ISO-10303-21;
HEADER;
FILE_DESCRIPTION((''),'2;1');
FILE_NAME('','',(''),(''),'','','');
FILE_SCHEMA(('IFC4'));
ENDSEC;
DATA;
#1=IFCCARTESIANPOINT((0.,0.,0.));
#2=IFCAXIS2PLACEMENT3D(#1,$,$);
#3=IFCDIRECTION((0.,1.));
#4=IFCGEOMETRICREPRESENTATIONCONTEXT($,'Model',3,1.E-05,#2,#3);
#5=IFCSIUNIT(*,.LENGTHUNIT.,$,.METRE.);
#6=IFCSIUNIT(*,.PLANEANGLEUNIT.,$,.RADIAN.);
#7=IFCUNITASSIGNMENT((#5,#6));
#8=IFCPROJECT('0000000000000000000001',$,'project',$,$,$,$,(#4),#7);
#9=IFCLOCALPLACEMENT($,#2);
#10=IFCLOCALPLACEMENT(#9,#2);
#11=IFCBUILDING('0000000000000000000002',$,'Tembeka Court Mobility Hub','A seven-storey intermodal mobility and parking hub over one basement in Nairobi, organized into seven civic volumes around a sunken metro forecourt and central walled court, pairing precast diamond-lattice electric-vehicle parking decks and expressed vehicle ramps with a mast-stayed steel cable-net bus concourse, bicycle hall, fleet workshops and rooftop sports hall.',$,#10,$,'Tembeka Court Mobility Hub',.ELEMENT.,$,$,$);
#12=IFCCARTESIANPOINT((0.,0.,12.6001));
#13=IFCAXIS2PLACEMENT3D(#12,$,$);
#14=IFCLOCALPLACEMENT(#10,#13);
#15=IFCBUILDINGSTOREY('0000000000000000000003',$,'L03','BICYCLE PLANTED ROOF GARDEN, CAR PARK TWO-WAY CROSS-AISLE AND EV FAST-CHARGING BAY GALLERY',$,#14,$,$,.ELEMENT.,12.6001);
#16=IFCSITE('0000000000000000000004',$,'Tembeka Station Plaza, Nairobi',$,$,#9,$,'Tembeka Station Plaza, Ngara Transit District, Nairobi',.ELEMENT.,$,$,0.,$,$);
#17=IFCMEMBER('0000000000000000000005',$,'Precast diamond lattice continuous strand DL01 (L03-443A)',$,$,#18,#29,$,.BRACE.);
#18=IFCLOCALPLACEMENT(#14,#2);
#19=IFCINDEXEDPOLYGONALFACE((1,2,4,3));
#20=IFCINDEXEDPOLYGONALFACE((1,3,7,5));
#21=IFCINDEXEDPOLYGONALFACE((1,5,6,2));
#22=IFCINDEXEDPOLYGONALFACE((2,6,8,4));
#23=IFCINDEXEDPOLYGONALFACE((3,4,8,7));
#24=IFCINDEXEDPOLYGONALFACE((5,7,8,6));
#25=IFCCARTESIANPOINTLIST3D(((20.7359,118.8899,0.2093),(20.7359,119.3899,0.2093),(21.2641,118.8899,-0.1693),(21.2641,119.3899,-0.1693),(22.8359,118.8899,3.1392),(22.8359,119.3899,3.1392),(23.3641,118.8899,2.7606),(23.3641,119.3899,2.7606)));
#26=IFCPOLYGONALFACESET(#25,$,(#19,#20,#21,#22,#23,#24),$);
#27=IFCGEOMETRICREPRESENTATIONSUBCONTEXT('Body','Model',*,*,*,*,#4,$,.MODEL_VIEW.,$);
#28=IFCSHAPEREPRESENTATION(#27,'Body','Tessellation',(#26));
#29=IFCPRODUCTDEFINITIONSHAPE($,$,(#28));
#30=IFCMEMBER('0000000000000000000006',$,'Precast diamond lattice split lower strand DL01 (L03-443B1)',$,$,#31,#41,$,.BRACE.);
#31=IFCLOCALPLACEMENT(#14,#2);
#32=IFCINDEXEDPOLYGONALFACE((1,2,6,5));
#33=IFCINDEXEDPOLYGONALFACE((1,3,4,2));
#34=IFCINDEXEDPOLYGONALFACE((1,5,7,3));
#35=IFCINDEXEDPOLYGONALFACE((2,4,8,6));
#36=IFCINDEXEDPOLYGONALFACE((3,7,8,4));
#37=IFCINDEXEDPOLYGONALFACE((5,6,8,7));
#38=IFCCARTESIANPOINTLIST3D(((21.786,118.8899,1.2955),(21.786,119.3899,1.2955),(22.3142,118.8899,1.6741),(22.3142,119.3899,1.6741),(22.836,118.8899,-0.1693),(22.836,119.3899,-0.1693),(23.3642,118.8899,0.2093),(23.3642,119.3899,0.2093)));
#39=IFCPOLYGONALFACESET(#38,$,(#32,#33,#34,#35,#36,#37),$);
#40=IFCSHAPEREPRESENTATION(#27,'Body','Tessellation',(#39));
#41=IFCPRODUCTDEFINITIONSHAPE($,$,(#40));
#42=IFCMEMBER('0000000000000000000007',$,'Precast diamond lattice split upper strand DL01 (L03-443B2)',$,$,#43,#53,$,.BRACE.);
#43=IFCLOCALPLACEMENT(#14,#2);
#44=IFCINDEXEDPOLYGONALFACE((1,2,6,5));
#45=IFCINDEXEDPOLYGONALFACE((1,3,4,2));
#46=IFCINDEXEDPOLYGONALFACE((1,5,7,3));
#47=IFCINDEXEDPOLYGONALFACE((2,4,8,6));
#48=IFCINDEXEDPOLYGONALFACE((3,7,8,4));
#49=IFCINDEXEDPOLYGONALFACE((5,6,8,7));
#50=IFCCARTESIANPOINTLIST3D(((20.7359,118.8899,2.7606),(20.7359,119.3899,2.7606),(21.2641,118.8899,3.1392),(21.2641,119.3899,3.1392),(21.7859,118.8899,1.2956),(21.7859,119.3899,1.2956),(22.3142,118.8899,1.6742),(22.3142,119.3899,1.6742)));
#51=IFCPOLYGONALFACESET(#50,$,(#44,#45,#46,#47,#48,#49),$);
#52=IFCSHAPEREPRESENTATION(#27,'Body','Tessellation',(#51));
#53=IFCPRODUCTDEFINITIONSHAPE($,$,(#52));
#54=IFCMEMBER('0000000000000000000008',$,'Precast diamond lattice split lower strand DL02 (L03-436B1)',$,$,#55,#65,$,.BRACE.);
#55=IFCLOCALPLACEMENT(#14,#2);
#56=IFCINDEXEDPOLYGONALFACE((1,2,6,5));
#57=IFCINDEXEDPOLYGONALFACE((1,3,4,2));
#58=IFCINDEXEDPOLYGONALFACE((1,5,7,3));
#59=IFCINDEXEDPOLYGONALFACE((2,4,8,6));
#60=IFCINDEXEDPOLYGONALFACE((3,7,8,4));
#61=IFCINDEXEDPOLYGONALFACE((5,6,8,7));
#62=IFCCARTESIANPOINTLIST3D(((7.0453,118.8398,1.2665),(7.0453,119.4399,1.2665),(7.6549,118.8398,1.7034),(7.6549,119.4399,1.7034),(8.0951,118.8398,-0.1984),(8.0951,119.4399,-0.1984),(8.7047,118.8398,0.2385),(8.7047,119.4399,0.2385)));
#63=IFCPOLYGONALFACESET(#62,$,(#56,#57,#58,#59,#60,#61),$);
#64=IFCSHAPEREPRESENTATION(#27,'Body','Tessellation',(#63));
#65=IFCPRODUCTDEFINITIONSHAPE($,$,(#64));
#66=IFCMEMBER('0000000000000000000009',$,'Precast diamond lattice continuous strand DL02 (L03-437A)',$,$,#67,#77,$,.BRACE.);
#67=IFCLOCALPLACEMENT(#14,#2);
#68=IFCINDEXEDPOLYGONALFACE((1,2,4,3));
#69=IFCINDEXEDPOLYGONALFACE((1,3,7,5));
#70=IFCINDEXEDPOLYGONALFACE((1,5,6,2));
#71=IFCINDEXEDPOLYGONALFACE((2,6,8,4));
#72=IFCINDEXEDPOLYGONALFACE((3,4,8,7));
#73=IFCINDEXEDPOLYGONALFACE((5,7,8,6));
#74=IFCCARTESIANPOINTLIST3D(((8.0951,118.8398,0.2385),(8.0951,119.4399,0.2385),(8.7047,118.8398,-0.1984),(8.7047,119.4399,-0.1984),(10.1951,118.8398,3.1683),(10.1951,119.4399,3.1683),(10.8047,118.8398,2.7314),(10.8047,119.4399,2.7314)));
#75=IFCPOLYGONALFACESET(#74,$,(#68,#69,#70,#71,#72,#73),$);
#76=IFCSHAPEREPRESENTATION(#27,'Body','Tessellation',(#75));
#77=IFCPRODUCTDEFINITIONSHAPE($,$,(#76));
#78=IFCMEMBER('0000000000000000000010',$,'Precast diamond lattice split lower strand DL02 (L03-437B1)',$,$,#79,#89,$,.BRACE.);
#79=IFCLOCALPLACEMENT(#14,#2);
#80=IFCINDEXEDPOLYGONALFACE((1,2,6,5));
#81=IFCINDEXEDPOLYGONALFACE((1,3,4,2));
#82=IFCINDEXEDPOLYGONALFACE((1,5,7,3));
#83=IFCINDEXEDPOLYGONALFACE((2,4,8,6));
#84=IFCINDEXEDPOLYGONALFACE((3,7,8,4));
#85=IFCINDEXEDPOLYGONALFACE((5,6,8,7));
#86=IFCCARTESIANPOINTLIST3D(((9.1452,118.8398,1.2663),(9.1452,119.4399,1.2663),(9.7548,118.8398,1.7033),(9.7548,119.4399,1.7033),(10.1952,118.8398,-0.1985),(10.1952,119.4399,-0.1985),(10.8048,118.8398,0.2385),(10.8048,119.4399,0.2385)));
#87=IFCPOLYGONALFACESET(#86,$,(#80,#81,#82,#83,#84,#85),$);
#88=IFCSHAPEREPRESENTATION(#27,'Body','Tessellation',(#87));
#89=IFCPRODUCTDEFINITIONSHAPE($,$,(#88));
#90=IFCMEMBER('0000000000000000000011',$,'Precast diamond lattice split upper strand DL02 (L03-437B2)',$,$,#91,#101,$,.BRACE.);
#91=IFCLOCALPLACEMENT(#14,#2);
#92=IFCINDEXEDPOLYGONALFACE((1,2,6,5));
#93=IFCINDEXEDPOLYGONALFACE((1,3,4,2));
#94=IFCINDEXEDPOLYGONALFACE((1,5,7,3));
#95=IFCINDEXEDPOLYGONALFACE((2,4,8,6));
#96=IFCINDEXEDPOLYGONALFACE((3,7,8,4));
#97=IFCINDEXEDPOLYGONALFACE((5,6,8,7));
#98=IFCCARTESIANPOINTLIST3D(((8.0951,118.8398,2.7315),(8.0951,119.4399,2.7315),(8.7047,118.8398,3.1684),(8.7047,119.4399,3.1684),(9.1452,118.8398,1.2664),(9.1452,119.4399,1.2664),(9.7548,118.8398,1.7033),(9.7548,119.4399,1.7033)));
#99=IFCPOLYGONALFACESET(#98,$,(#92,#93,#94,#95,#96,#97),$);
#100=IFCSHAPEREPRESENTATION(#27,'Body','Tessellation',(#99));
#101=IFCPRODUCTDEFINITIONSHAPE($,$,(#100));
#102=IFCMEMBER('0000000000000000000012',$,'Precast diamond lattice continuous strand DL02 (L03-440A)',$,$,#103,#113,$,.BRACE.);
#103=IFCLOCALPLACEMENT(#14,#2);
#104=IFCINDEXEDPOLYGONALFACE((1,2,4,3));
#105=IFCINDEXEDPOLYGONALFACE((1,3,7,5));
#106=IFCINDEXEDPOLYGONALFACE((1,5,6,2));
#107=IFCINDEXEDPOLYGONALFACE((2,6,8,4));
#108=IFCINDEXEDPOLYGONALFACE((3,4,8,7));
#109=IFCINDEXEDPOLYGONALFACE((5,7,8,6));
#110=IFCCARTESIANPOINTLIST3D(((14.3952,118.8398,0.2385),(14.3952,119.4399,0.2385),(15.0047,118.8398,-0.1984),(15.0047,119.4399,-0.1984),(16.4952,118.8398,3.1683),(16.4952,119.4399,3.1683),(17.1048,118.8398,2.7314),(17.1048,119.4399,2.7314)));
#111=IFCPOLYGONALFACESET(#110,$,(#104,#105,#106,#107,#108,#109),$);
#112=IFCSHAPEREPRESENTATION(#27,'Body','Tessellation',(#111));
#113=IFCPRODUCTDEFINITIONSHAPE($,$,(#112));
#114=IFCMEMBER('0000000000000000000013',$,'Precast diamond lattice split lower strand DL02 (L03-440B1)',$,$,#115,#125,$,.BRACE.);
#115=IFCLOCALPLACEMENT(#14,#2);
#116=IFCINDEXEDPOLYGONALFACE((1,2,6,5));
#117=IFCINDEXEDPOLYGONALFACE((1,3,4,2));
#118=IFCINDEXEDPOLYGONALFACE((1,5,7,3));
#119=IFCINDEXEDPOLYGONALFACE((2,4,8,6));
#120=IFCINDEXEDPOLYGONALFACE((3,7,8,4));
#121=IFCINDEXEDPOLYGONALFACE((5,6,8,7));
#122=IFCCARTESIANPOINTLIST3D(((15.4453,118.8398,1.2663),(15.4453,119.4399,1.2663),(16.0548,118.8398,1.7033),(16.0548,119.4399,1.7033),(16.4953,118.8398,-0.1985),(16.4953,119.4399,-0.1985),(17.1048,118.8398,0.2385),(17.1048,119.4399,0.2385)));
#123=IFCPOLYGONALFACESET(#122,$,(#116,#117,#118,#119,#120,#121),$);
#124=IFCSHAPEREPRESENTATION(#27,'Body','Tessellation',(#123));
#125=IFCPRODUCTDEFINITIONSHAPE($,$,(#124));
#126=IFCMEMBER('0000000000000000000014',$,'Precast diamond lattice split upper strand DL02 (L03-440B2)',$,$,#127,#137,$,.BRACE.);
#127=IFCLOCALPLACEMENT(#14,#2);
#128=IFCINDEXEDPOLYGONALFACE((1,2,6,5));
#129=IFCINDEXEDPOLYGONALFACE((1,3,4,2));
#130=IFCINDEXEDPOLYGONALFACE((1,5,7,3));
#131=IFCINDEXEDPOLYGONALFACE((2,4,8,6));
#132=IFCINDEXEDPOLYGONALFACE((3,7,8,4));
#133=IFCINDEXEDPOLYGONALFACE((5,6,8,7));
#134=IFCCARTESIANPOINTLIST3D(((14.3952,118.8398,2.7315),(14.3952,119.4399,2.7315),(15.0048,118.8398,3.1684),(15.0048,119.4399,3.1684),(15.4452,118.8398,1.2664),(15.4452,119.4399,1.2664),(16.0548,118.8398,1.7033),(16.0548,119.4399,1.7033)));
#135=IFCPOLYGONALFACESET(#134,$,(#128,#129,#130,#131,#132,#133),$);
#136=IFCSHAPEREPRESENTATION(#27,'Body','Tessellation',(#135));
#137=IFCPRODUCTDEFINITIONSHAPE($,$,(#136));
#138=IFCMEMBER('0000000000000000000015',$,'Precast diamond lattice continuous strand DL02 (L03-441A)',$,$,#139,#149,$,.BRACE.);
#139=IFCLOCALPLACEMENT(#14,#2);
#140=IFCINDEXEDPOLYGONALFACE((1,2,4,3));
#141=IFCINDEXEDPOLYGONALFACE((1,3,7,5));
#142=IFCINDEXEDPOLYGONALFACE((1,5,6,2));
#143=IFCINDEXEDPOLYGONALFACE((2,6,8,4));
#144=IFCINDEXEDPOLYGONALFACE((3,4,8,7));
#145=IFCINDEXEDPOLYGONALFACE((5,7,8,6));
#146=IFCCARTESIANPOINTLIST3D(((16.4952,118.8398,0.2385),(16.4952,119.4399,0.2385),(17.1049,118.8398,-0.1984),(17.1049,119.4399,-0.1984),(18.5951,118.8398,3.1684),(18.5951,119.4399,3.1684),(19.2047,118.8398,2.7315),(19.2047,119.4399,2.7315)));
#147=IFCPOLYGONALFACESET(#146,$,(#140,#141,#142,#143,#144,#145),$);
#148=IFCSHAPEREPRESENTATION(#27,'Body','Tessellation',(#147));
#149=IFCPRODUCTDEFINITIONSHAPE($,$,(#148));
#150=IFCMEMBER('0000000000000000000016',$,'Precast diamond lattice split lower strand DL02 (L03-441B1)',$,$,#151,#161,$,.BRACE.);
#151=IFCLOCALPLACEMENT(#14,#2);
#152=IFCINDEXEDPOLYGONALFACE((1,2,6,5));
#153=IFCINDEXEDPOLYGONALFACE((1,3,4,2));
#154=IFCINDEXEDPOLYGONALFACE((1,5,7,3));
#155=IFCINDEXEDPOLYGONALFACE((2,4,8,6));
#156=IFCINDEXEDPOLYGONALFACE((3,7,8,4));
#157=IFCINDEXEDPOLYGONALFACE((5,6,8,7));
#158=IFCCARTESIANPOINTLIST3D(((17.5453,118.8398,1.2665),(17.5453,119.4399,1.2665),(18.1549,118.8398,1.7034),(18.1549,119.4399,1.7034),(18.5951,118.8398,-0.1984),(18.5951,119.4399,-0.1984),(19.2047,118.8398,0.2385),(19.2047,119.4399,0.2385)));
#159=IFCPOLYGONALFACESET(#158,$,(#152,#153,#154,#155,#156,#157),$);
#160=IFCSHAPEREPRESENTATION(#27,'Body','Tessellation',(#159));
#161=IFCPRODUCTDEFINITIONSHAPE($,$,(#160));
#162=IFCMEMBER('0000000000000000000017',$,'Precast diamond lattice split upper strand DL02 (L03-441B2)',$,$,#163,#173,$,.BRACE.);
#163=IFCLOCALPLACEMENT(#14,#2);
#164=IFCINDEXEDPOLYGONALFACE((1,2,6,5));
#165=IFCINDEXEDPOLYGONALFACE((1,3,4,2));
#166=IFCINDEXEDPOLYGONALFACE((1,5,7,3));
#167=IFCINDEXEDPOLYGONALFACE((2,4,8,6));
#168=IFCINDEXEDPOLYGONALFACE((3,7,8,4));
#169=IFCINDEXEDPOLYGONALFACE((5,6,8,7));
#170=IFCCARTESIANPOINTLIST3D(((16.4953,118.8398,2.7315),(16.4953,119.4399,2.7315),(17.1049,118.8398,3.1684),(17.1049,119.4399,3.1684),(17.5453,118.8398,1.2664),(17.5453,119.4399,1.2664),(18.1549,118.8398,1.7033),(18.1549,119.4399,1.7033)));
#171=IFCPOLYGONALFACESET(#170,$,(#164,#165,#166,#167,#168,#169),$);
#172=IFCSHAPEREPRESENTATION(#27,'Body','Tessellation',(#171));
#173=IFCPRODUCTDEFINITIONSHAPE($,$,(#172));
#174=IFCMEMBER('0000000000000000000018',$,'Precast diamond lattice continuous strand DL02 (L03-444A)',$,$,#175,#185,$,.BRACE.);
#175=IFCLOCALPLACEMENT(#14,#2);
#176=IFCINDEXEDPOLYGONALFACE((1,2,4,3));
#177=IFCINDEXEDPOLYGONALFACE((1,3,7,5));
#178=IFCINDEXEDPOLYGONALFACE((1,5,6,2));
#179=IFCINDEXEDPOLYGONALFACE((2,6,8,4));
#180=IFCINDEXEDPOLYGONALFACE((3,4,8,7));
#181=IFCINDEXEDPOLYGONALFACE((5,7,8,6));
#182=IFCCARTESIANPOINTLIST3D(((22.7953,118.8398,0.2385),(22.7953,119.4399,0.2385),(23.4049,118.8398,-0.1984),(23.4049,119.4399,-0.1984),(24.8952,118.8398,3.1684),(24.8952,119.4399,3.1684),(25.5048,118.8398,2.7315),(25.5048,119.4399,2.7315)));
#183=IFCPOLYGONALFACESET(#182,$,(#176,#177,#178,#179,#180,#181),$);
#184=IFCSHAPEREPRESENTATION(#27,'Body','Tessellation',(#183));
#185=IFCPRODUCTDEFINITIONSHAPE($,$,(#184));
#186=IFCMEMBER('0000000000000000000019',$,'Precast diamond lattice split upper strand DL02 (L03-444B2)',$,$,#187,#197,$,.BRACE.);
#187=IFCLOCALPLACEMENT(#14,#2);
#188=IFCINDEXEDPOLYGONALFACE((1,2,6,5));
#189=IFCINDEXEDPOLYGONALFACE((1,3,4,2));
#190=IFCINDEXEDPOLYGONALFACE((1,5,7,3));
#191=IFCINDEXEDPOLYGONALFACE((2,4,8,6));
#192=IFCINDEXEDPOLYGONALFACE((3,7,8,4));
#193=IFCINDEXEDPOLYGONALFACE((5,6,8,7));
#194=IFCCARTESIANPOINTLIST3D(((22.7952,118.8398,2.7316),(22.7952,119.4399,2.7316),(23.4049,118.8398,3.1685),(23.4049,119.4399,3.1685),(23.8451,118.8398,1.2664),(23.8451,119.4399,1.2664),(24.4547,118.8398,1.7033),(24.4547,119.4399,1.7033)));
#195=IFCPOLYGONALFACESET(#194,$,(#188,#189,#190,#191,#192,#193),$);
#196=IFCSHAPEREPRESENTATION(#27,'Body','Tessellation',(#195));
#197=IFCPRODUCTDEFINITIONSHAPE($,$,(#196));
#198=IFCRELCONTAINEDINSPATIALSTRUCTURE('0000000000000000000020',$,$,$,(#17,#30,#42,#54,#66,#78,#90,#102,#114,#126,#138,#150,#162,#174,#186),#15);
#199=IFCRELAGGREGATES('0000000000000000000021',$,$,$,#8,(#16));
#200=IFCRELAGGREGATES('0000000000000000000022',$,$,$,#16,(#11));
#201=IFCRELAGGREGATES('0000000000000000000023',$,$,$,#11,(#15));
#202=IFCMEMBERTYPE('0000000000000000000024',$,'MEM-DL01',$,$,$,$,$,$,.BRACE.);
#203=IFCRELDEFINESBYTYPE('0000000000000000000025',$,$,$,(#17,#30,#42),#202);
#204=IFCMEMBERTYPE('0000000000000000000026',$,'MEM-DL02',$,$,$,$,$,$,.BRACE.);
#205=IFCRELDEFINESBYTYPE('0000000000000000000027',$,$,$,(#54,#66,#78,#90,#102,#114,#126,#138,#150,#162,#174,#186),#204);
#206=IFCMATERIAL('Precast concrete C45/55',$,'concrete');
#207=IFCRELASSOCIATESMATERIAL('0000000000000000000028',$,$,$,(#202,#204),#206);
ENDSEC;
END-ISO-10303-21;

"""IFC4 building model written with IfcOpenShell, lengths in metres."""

from ifc_helpers import new_model, si_unit, direction, frame, origin, origin_2d, place, context, subcontext, project, spatial, rectangle, extrude, material, material_profile, profile_set, type_object, element, save


model = new_model("IFC4")

# Units and contexts
model_context = context("Model", 3, precision=1e-05, world=origin(), true_north=direction((0.0, 1.0)))
body_context = subcontext(model_context, "Body", "Model", "MODEL_VIEW")
ifc_project = project(units=[si_unit("LENGTHUNIT", "METRE"), si_unit("PLANEANGLEUNIT", "RADIAN")], contexts=[model_context])

# Site, building, storey
site_placement = place(None, origin())
site = spatial("IfcSite", under=ifc_project, at=site_placement, Name="Tembeka Station Plaza, Nairobi", LongName="Tembeka Station Plaza, Ngara Transit District, Nairobi", CompositionType="ELEMENT", RefElevation=0.0)
building_placement = place(site_placement, origin())
building = spatial("IfcBuilding", under=site, at=building_placement, Name="Tembeka Court Mobility Hub", Description="A seven-storey intermodal mobility and parking hub over one basement in Nairobi, organized into seven civic volumes around a sunken metro forecourt and central walled court, pairing precast diamond-lattice electric-vehicle parking decks and expressed vehicle ramps with a mast-stayed steel cable-net bus concourse, bicycle hall, fleet workshops and rooftop sports hall.", LongName="Tembeka Court Mobility Hub", CompositionType="ELEMENT")
storey_placement = place(building_placement, frame((0.0, 0.0, 12.6001)))
storey = spatial("IfcBuildingStorey", under=building, at=storey_placement, Name="L03", Description="BICYCLE PLANTED ROOF GARDEN, CAR PARK TWO-WAY CROSS-AISLE AND EV FAST-CHARGING BAY GALLERY", CompositionType="ELEMENT", Elevation=12.6001)

# Shared definitions
ifc_material_1 = material(Name="Precast concrete C45/55", Category="concrete")

# Members
ifc_material_profile_1 = material_profile(ifc_material_1, rectangle(XDim=0.5, YDim=0.6499, at=origin_2d()), Name="PC-DIAG 500x650")
ifc_profile_set_1 = profile_set([ifc_material_profile_1], Name="Precast concrete C45/55")
member_type_1 = type_object("IfcMemberType", Name="MEM-DL01", PredefinedType="BRACE", material=ifc_profile_set_1)
member_1_placement = place(storey_placement, frame((21.0, 119.1399, 0.02), z_axis=(0.582576, 0.0, 0.812776), x_axis=(0.0, 1.0, 0.0)))
element("IfcMember", 1, at=member_1_placement, inside=storey, type_object=member_type_1, Name="Precast diamond lattice continuous strand DL01 (L03-443A)", PredefinedType="BRACE", context=body_context, shape_type="SweptSolid", body=[
    extrude(rectangle(XDim=0.5, YDim=0.6499, at=origin_2d()), origin(), (0.0, 0.0, 1.0), 3.6047),
])
member_2_placement = place(storey_placement, frame((23.1001, 119.1399, 0.02), z_axis=(-0.582608, 0.0, 0.812753), x_axis=(0.0, -1.0, 0.0)))
element("IfcMember", 2, at=member_2_placement, inside=storey, type_object=member_type_1, Name="Precast diamond lattice split lower strand DL01 (L03-443B1)", PredefinedType="BRACE", context=body_context, shape_type="SweptSolid", body=[
    extrude(rectangle(XDim=0.5, YDim=0.6499, at=origin_2d()), origin(), (0.0, 0.0, 1.0), 1.8022),
])
member_3_placement = place(storey_placement, frame((22.05, 119.1399, 1.4849), z_axis=(-0.582544, 0.0, 0.812799), x_axis=(0.0, -1.0, 0.0)))
element("IfcMember", 3, at=member_3_placement, inside=storey, type_object=member_type_1, Name="Precast diamond lattice split upper strand DL01 (L03-443B2)", PredefinedType="BRACE", context=body_context, shape_type="SweptSolid", body=[
    extrude(rectangle(XDim=0.5, YDim=0.6499, at=origin_2d()), origin(), (0.0, 0.0, 1.0), 1.8025),
])
ifc_material_profile_2 = material_profile(ifc_material_1, rectangle(XDim=0.6001, YDim=0.75, at=origin_2d()), Name="PC-DIAG 600x750")
ifc_profile_set_2 = profile_set([ifc_material_profile_2], Name="Precast concrete C45/55")
member_type_2 = type_object("IfcMemberType", Name="MEM-DL02", PredefinedType="BRACE", material=ifc_profile_set_2)
member_4_placement = place(storey_placement, frame((8.3999, 119.1399, 0.02), z_axis=(-0.582519, 0.0, 0.812817), x_axis=(0.0, -1.0, 0.0)))
element("IfcMember", 4, at=member_4_placement, inside=storey, type_object=member_type_2, Name="Precast diamond lattice split lower strand DL02 (L03-436B1)", PredefinedType="BRACE", context=body_context, shape_type="SweptSolid", body=[
    extrude(rectangle(XDim=0.6001, YDim=0.75, at=origin_2d()), origin(), (0.0, 0.0, 1.0), 1.8022),
])
member_5_placement = place(storey_placement, frame((8.3999, 119.1399, 0.02), z_axis=(0.582576, 0.0, 0.812776), x_axis=(0.0, 1.0, 0.0)))
element("IfcMember", 5, at=member_5_placement, inside=storey, type_object=member_type_2, Name="Precast diamond lattice continuous strand DL02 (L03-437A)", PredefinedType="BRACE", context=body_context, shape_type="SweptSolid", body=[
    extrude(rectangle(XDim=0.6001, YDim=0.75, at=origin_2d()), origin(), (0.0, 0.0, 1.0), 3.6047),
])
member_6_placement = place(storey_placement, frame((10.5, 119.1399, 0.02), z_axis=(-0.582608, 0.0, 0.812753), x_axis=(0.0, -1.0, 0.0)))
element("IfcMember", 6, at=member_6_placement, inside=storey, type_object=member_type_2, Name="Precast diamond lattice split lower strand DL02 (L03-437B1)", PredefinedType="BRACE", context=body_context, shape_type="SweptSolid", body=[
    extrude(rectangle(XDim=0.6001, YDim=0.75, at=origin_2d()), origin(), (0.0, 0.0, 1.0), 1.8022),
])
member_7_placement = place(storey_placement, frame((9.45, 119.1399, 1.4849), z_axis=(-0.582544, 0.0, 0.812799), x_axis=(0.0, -1.0, 0.0)))
element("IfcMember", 7, at=member_7_placement, inside=storey, type_object=member_type_2, Name="Precast diamond lattice split upper strand DL02 (L03-437B2)", PredefinedType="BRACE", context=body_context, shape_type="SweptSolid", body=[
    extrude(rectangle(XDim=0.6001, YDim=0.75, at=origin_2d()), origin(), (0.0, 0.0, 1.0), 1.8025),
])
member_8_placement = place(storey_placement, frame((14.7, 119.1399, 0.02), z_axis=(0.582576, 0.0, 0.812776), x_axis=(0.0, 1.0, 0.0)))
element("IfcMember", 8, at=member_8_placement, inside=storey, type_object=member_type_2, Name="Precast diamond lattice continuous strand DL02 (L03-440A)", PredefinedType="BRACE", context=body_context, shape_type="SweptSolid", body=[
    extrude(rectangle(XDim=0.6001, YDim=0.75, at=origin_2d()), origin(), (0.0, 0.0, 1.0), 3.6047),
])
member_9_placement = place(storey_placement, frame((16.8, 119.1399, 0.02), z_axis=(-0.582608, 0.0, 0.812753), x_axis=(0.0, -1.0, 0.0)))
element("IfcMember", 9, at=member_9_placement, inside=storey, type_object=member_type_2, Name="Precast diamond lattice split lower strand DL02 (L03-440B1)", PredefinedType="BRACE", context=body_context, shape_type="SweptSolid", body=[
    extrude(rectangle(XDim=0.6001, YDim=0.75, at=origin_2d()), origin(), (0.0, 0.0, 1.0), 1.8022),
])
member_10_placement = place(storey_placement, frame((15.75, 119.1399, 1.4849), z_axis=(-0.582544, 0.0, 0.812799), x_axis=(0.0, -1.0, 0.0)))
element("IfcMember", 10, at=member_10_placement, inside=storey, type_object=member_type_2, Name="Precast diamond lattice split upper strand DL02 (L03-440B2)", PredefinedType="BRACE", context=body_context, shape_type="SweptSolid", body=[
    extrude(rectangle(XDim=0.6001, YDim=0.75, at=origin_2d()), origin(), (0.0, 0.0, 1.0), 1.8025),
])
member_11_placement = place(storey_placement, frame((16.8, 119.1399, 0.02), z_axis=(0.582532, 0.0, 0.812808), x_axis=(0.0, 1.0, 0.0)))
element("IfcMember", 11, at=member_11_placement, inside=storey, type_object=member_type_2, Name="Precast diamond lattice continuous strand DL02 (L03-441A)", PredefinedType="BRACE", context=body_context, shape_type="SweptSolid", body=[
    extrude(rectangle(XDim=0.6001, YDim=0.75, at=origin_2d()), origin(), (0.0, 0.0, 1.0), 3.6047),
])
member_12_placement = place(storey_placement, frame((18.8999, 119.1399, 0.02), z_axis=(-0.582519, 0.0, 0.812817), x_axis=(0.0, -1.0, 0.0)))
element("IfcMember", 12, at=member_12_placement, inside=storey, type_object=member_type_2, Name="Precast diamond lattice split lower strand DL02 (L03-441B1)", PredefinedType="BRACE", context=body_context, shape_type="SweptSolid", body=[
    extrude(rectangle(XDim=0.6001, YDim=0.75, at=origin_2d()), origin(), (0.0, 0.0, 1.0), 1.8022),
])
member_13_placement = place(storey_placement, frame((17.8501, 119.1399, 1.4849), z_axis=(-0.582544, 0.0, 0.812799), x_axis=(0.0, -1.0, 0.0)))
element("IfcMember", 13, at=member_13_placement, inside=storey, type_object=member_type_2, Name="Precast diamond lattice split upper strand DL02 (L03-441B2)", PredefinedType="BRACE", context=body_context, shape_type="SweptSolid", body=[
    extrude(rectangle(XDim=0.6001, YDim=0.75, at=origin_2d()), origin(), (0.0, 0.0, 1.0), 1.8025),
])
member_14_placement = place(storey_placement, frame((23.1001, 119.1399, 0.02), z_axis=(0.582532, 0.0, 0.812808), x_axis=(0.0, 1.0, 0.0)))
element("IfcMember", 14, at=member_14_placement, inside=storey, type_object=member_type_2, Name="Precast diamond lattice continuous strand DL02 (L03-444A)", PredefinedType="BRACE", context=body_context, shape_type="SweptSolid", body=[
    extrude(rectangle(XDim=0.6001, YDim=0.75, at=origin_2d()), origin(), (0.0, 0.0, 1.0), 3.6047),
])
member_15_placement = place(storey_placement, frame((24.1499, 119.1399, 1.4849), z_axis=(-0.582455, 0.0, 0.812863), x_axis=(0.0, -1.0, 0.0)))
element("IfcMember", 15, at=member_15_placement, inside=storey, type_object=member_type_2, Name="Precast diamond lattice split upper strand DL02 (L03-444B2)", PredefinedType="BRACE", context=body_context, shape_type="SweptSolid", body=[
    extrude(rectangle(XDim=0.6001, YDim=0.75, at=origin_2d()), origin(), (0.0, 0.0, 1.0), 1.8025),
])

save(model, "model.ifc")
